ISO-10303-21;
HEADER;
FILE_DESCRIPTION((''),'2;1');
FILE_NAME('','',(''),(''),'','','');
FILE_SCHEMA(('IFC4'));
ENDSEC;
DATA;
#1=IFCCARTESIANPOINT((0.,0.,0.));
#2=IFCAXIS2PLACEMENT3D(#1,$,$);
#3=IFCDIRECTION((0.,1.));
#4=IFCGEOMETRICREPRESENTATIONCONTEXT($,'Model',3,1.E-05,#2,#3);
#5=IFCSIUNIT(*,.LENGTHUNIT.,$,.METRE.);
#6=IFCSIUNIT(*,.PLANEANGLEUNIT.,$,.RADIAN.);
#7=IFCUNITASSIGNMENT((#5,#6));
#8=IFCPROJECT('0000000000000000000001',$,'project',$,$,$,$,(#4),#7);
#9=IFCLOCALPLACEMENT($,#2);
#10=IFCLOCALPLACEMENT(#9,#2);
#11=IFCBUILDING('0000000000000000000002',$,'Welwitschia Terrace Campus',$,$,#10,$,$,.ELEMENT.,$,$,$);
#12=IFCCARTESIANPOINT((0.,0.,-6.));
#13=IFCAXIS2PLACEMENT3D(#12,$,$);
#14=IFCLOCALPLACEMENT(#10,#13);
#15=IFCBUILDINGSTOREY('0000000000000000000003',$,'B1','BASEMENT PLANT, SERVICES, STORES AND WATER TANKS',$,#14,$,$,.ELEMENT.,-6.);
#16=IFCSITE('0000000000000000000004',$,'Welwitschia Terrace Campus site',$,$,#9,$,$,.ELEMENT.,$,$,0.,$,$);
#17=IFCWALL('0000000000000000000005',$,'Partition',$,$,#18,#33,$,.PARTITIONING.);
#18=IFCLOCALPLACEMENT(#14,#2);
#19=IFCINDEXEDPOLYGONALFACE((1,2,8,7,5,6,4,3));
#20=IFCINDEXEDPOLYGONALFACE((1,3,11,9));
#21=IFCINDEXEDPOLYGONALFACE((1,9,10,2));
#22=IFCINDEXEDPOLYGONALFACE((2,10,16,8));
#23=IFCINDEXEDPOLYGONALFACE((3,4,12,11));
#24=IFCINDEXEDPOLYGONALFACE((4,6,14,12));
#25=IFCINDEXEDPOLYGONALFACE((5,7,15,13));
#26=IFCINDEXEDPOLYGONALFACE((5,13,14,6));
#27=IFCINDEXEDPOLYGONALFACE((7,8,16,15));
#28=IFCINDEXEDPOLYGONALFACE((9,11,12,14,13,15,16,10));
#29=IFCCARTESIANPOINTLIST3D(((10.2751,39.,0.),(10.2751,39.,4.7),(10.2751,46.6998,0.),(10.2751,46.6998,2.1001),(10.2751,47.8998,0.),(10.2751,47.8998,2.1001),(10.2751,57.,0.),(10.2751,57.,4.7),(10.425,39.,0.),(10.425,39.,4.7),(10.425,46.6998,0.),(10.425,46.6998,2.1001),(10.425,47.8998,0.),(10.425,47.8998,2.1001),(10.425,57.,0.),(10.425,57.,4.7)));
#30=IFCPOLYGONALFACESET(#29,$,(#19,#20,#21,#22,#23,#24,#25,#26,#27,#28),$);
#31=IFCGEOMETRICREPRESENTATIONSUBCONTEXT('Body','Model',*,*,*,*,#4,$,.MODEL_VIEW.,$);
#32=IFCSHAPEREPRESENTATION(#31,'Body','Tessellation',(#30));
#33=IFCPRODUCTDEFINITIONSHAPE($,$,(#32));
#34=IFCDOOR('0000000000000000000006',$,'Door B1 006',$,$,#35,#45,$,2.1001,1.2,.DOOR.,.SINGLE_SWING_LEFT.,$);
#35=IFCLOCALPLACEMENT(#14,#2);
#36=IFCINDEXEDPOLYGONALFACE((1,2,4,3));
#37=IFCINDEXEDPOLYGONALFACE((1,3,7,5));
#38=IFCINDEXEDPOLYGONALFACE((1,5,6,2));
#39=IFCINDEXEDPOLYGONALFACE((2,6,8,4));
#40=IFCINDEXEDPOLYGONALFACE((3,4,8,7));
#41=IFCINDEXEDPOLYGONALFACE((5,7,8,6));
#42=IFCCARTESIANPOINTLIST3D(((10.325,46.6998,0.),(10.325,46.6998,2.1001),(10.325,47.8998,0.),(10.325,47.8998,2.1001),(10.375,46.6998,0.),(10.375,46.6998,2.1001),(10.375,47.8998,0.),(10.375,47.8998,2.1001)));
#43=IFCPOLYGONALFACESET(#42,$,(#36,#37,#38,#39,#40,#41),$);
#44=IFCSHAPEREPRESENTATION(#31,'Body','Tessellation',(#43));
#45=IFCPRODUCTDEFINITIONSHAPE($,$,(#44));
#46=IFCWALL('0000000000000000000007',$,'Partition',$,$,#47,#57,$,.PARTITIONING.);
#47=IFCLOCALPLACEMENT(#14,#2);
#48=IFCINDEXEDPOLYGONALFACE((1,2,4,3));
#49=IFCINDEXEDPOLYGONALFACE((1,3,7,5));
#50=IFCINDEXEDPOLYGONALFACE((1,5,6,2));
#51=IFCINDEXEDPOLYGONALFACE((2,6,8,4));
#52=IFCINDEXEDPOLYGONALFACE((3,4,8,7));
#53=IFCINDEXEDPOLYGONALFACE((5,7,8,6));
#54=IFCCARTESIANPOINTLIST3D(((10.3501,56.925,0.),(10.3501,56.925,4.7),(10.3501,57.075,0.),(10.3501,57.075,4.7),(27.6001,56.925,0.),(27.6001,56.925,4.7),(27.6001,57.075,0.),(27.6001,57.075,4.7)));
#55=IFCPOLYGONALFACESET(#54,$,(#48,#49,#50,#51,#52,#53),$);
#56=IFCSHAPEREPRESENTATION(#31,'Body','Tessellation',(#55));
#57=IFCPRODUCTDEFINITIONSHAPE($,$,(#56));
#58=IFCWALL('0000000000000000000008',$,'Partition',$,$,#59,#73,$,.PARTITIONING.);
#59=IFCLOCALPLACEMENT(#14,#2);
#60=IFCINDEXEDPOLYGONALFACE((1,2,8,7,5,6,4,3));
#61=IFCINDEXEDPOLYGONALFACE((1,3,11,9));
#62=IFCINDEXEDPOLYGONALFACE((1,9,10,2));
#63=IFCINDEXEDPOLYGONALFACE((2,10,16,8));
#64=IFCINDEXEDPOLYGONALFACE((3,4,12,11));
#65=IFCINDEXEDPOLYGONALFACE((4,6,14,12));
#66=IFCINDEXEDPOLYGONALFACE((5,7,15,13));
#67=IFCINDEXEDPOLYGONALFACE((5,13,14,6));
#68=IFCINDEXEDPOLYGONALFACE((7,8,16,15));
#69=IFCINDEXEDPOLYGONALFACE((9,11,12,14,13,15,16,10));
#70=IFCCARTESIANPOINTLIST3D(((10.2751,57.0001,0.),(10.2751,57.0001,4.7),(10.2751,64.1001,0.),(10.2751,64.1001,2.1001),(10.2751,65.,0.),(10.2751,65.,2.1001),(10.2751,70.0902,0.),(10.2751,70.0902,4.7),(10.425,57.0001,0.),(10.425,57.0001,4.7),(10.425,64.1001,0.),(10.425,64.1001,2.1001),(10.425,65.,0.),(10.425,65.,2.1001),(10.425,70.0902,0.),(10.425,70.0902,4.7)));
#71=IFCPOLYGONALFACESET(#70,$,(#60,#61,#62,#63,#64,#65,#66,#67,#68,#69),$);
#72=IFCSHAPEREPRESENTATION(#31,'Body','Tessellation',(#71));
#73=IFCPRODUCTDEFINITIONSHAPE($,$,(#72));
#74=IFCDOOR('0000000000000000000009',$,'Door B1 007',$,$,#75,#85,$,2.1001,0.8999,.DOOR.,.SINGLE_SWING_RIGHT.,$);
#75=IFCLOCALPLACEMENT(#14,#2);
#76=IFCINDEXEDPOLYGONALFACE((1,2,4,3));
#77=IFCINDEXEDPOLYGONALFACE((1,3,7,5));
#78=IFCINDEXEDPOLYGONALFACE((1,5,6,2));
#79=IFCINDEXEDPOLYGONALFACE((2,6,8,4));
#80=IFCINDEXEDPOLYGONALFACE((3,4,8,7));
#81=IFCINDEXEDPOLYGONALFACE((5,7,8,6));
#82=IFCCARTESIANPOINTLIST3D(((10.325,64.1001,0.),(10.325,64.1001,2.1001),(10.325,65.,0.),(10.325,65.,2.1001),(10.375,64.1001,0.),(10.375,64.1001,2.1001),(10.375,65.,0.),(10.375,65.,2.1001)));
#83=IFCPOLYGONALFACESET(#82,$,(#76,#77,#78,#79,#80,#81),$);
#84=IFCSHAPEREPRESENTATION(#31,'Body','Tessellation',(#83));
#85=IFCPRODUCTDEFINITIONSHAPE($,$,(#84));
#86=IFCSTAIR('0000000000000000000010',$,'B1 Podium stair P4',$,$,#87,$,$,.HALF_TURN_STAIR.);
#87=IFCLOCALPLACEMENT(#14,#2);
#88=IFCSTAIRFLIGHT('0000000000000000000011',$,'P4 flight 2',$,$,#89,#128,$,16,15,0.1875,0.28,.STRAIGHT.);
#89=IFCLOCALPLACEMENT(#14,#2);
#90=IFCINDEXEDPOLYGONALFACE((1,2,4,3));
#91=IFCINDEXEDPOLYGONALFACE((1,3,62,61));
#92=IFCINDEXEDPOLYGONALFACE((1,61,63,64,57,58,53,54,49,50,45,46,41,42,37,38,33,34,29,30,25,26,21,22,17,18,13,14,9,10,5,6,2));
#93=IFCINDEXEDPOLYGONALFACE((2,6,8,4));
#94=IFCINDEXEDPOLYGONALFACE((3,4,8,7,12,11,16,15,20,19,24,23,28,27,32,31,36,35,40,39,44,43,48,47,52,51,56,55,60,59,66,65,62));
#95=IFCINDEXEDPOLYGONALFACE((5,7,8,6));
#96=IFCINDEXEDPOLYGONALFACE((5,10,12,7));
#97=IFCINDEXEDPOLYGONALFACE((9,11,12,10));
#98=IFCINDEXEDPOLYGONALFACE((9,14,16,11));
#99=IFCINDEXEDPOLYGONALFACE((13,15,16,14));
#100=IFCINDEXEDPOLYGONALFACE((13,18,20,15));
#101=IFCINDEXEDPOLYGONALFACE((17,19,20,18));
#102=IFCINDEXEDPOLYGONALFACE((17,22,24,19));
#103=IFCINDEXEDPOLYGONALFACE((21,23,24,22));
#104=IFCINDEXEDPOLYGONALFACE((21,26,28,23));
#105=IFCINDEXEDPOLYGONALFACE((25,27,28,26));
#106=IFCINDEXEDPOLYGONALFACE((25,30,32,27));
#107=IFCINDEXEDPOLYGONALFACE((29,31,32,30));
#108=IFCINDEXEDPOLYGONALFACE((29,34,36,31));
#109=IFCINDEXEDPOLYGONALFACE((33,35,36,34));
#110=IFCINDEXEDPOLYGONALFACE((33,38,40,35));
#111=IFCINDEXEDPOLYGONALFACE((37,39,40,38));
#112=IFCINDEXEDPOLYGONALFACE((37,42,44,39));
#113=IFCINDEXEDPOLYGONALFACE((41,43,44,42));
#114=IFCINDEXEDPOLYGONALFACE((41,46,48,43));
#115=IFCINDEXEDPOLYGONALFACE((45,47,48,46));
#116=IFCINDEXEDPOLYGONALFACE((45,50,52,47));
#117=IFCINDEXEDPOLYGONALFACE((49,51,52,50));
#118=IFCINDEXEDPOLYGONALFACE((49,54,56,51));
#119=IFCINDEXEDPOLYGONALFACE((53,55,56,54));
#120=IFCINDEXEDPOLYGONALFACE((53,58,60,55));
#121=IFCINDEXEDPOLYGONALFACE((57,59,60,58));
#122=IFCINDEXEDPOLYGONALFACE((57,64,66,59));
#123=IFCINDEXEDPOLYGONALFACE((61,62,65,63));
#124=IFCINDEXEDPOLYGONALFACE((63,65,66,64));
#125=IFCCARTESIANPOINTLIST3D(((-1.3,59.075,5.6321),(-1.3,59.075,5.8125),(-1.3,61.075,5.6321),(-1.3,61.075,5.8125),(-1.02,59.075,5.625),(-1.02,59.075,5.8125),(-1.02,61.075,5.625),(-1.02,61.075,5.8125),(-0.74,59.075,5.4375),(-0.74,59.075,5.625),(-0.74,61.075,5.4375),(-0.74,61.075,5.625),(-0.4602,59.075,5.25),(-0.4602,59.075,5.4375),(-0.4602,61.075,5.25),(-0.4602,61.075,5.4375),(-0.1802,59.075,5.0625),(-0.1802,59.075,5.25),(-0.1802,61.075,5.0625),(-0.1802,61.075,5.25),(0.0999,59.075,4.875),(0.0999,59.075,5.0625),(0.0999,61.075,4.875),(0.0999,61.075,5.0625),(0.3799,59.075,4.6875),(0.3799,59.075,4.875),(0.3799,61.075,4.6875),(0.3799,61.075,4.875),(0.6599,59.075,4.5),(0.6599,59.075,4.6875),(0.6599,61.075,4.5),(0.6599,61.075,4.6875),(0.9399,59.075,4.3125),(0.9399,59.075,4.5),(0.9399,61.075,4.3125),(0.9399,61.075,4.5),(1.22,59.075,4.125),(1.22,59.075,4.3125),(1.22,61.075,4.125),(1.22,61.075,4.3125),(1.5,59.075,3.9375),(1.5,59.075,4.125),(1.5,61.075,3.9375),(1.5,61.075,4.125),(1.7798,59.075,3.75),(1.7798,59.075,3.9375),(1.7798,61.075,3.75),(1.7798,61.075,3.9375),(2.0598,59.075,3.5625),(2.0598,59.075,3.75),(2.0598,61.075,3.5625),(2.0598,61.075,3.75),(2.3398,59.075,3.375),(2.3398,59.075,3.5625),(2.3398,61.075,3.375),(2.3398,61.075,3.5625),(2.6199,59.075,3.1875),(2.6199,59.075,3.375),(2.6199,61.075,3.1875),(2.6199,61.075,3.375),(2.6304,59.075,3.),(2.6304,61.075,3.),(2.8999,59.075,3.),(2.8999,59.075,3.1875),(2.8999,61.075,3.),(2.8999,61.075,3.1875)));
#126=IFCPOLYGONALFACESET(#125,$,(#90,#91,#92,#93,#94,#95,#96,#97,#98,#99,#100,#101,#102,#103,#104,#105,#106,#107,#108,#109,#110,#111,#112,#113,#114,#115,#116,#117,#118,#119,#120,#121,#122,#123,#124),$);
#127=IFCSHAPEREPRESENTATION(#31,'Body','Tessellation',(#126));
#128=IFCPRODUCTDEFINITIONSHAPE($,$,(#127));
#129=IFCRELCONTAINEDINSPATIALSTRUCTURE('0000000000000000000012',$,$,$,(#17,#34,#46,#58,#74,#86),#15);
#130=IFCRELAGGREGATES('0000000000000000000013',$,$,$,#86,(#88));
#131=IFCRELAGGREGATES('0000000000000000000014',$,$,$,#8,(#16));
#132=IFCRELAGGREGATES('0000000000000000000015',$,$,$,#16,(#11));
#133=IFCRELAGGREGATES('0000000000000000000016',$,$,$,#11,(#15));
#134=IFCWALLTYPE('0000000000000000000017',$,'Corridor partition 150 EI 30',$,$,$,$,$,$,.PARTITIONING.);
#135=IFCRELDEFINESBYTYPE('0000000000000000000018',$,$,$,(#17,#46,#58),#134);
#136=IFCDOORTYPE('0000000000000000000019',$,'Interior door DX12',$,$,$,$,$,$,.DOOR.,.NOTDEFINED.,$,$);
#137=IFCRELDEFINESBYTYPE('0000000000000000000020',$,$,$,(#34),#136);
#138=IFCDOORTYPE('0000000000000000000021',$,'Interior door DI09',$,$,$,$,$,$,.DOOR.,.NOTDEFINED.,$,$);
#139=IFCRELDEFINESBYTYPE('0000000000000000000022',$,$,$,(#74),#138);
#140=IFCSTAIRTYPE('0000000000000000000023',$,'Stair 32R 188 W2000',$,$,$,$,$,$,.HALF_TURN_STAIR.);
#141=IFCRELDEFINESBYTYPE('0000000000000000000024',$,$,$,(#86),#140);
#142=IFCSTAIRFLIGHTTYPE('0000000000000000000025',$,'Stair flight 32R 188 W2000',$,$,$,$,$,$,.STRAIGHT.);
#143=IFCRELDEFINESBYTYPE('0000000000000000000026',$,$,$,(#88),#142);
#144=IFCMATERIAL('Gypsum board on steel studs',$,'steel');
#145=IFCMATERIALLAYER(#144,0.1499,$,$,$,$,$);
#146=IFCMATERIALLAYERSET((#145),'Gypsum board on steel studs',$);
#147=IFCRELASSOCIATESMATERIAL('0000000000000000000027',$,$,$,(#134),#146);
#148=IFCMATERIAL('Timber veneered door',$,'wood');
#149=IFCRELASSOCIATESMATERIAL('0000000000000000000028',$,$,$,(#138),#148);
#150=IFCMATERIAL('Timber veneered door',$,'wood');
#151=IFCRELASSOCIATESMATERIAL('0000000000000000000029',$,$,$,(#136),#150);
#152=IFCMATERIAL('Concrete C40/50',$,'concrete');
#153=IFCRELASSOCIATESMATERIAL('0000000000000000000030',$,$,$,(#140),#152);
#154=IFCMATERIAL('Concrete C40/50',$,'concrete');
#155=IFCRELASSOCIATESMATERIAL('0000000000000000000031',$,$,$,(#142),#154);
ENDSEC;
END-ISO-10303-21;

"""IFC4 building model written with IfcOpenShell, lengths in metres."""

from ifc_helpers import new_model, si_unit, direction, frame, frame_2d, origin, place, context, subcontext, project, spatial, polyline, rectangle, outline, extrude, material, layer, layer_set, type_object, element, fill, aggregate, save


model = new_model("IFC4")

# Units and contexts
model_context = context("Model", 3, precision=1e-05, world=origin(), true_north=direction((0.0, 1.0)))
body_context = subcontext(model_context, "Body", "Model", "MODEL_VIEW")
ifc_project = project(units=[si_unit("LENGTHUNIT", "METRE"), si_unit("PLANEANGLEUNIT", "RADIAN")], contexts=[model_context])

# Site, building, storey
site_placement = place(None, origin())
site = spatial("IfcSite", under=ifc_project, at=site_placement, Name="Welwitschia Terrace Campus site", CompositionType="ELEMENT", RefElevation=0.0)
building_placement = place(site_placement, origin())
building = spatial("IfcBuilding", under=site, at=building_placement, Name="Welwitschia Terrace Campus", CompositionType="ELEMENT")
storey_placement = place(building_placement, frame((0.0, 0.0, -6.0)))
storey = spatial("IfcBuildingStorey", under=building, at=storey_placement, Name="B1", Description="BASEMENT PLANT, SERVICES, STORES AND WATER TANKS", CompositionType="ELEMENT", Elevation=-6.0)

# Shared definitions
ifc_material_1 = material(Name="Gypsum board on steel studs", Category="steel")
ifc_layer = layer(ifc_material_1, 0.1499)
ifc_layer_set = layer_set([ifc_layer], Name="Gypsum board on steel studs")
wall_type = type_object("IfcWallType", Name="Corridor partition 150 EI 30", PredefinedType="PARTITIONING", material=ifc_layer_set)

# Wall, opening, door
ifc_material_2 = material(Name="Timber veneered door", Category="wood")
door_type_1 = type_object("IfcDoorType", Name="Interior door DI09", OperationType="NOTDEFINED", PredefinedType="DOOR", material=ifc_material_2)
wall_1_placement = place(storey_placement, frame((10.3501, 57.0, 0.0), z_axis=(0.0, 0.0, 1.0), x_axis=(0.0, -1.0, 0.0)))
wall_1 = element("IfcWall", 1, at=wall_1_placement, inside=storey, type_object=wall_type, Name="Partition", PredefinedType="PARTITIONING", context=body_context, shape_type="SweptSolid", body=[
    extrude(rectangle(XDim=18.0, YDim=0.1499, at=frame_2d((9.0, 0.0))), origin(), (0.0, 0.0, 1.0), 4.7),
])
opening_1_placement = place(wall_1_placement, frame((9.1001, 0.0, 0.0)))
opening_1 = element("IfcOpeningElement", 2, at=opening_1_placement, cuts=wall_1, PredefinedType="OPENING", context=body_context, shape_type="SweptSolid", body=[
    extrude(rectangle(XDim=1.2, YDim=2.1001, at=frame_2d((0.6001, 1.05))), frame((0.0, 0.085, 0.0), z_axis=(0.0, -1.0, 0.0), x_axis=(1.0, 0.0, 0.0)), (0.0, 0.0, 1.0), 0.1699),
])
ifc_material_3 = material(Name="Timber veneered door", Category="wood")
door_type_2 = type_object("IfcDoorType", Name="Interior door DX12", OperationType="NOTDEFINED", PredefinedType="DOOR", material=ifc_material_3)
door_1_placement = place(opening_1_placement, origin())
door_1 = element("IfcDoor", 3, at=door_1_placement, inside=storey, type_object=door_type_2, Name="Door B1 006", OperationType="SINGLE_SWING_LEFT", OverallHeight=2.1001, OverallWidth=1.2, PredefinedType="DOOR", context=body_context, shape_type="SweptSolid", body=[
    extrude(rectangle(XDim=1.2, YDim=2.1001, at=frame_2d((0.6001, 1.05))), frame((0.0, 0.0249, 0.0), z_axis=(0.0, -1.0, 0.0), x_axis=(1.0, 0.0, 0.0)), (0.0, 0.0, 1.0), 0.05),
])
fill(opening_1, door_1)

# Wall
wall_2_placement = place(storey_placement, frame((10.3501, 57.0, 0.0), z_axis=(0.0, 0.0, 1.0), x_axis=(1.0, 0.0, 0.0)))
element("IfcWall", 4, at=wall_2_placement, inside=storey, type_object=wall_type, Name="Partition", PredefinedType="PARTITIONING", context=body_context, shape_type="SweptSolid", body=[
    extrude(rectangle(XDim=17.25, YDim=0.1499, at=frame_2d((8.625, 0.0))), origin(), (0.0, 0.0, 1.0), 4.7),
])

# Wall, opening, door
wall_3_placement = place(storey_placement, frame((10.3501, 70.0901, 0.0), z_axis=(0.0, 0.0, 1.0), x_axis=(0.0, -1.0, 0.0)))
wall_3 = element("IfcWall", 5, at=wall_3_placement, inside=storey, type_object=wall_type, Name="Partition", PredefinedType="PARTITIONING", context=body_context, shape_type="SweptSolid", body=[
    extrude(rectangle(XDim=13.0901, YDim=0.1499, at=frame_2d((6.5449, 0.0))), origin(), (0.0, 0.0, 1.0), 4.7),
])
opening_2_placement = place(wall_3_placement, frame((5.0901, 0.0, 0.0)))
opening_2 = element("IfcOpeningElement", 6, at=opening_2_placement, cuts=wall_3, PredefinedType="OPENING", context=body_context, shape_type="SweptSolid", body=[
    extrude(rectangle(XDim=0.8999, YDim=2.1001, at=frame_2d((0.45, 1.05))), frame((0.0, 0.085, 0.0), z_axis=(0.0, -1.0, 0.0), x_axis=(1.0, 0.0, 0.0)), (0.0, 0.0, 1.0), 0.1699),
])
door_2_placement = place(opening_2_placement, origin())
door_2 = element("IfcDoor", 7, at=door_2_placement, inside=storey, type_object=door_type_1, Name="Door B1 007", OperationType="SINGLE_SWING_RIGHT", OverallHeight=2.1001, OverallWidth=0.8999, PredefinedType="DOOR", context=body_context, shape_type="SweptSolid", body=[
    extrude(rectangle(XDim=0.8999, YDim=2.1001, at=frame_2d((0.45, 1.05))), frame((0.0, 0.0249, 0.0), z_axis=(0.0, -1.0, 0.0), x_axis=(1.0, 0.0, 0.0)), (0.0, 0.0, 1.0), 0.05),
])
fill(opening_2, door_2)

# Stair, stair flight
ifc_material_4 = material(Name="Concrete C40/50", Category="concrete")
stair_type = type_object("IfcStairType", Name="Stair 32R 188 W2000", PredefinedType="HALF_TURN_STAIR", material=ifc_material_4)
stair_placement = place(storey_placement, origin())
stair = element("IfcStair", 8, at=stair_placement, inside=storey, type_object=stair_type, Name="B1 Podium stair P4", PredefinedType="HALF_TURN_STAIR")
ifc_material_5 = material(Name="Concrete C40/50", Category="concrete")
stair_flight_type = type_object("IfcStairFlightType", Name="Stair flight 32R 188 W2000", PredefinedType="STRAIGHT", material=ifc_material_5)
stair_flight_placement = place(storey_placement, frame((2.8999, 60.075, 3.0), z_axis=(0.0, 0.0, 1.0), x_axis=(-1.0, 0.0, 0.0)))
stair_flight = element("IfcStairFlight", 9, at=stair_flight_placement, type_object=stair_flight_type, Name="P4 flight 2", NumberOfRisers=16, NumberOfTreads=15, PredefinedType="STRAIGHT", RiserHeight=0.1875, TreadLength=0.28, context=body_context, shape_type="SweptSolid", body=[
    extrude(outline(polyline([(0.0, 0.0), (0.0, 0.1875), (0.28, 0.1875), (0.28, 0.375), (0.5601, 0.375), (0.5601, 0.5625), (0.8401, 0.5625), (0.8401, 0.75), (1.1201, 0.75), (1.1201, 0.9375), (1.3999, 0.9375), (1.3999, 1.125), (1.6799, 1.125), (1.6799, 1.3125), (1.96, 1.3125), (1.96, 1.5), (2.24, 1.5), (2.24, 1.6875), (2.52, 1.6875), (2.52, 1.875), (2.8, 1.875), (2.8, 2.0625), (3.0801, 2.0625), (3.0801, 2.25), (3.3601, 2.25), (3.3601, 2.4375), (3.6399, 2.4375), (3.6399, 2.625), (3.9199, 2.625), (3.9199, 2.8125), (4.2, 2.8125), (4.2, 3.0), (4.2, 2.6321), (0.2695, 0.0), (0.0, 0.0)])), frame((0.0, 1.0, 0.0), z_axis=(0.0, -1.0, 0.0), x_axis=(1.0, 0.0, 0.0)), (0.0, 0.0, 1.0), 2.0),
])
aggregate(stair, [stair_flight])

save(model, "model.ifc")
